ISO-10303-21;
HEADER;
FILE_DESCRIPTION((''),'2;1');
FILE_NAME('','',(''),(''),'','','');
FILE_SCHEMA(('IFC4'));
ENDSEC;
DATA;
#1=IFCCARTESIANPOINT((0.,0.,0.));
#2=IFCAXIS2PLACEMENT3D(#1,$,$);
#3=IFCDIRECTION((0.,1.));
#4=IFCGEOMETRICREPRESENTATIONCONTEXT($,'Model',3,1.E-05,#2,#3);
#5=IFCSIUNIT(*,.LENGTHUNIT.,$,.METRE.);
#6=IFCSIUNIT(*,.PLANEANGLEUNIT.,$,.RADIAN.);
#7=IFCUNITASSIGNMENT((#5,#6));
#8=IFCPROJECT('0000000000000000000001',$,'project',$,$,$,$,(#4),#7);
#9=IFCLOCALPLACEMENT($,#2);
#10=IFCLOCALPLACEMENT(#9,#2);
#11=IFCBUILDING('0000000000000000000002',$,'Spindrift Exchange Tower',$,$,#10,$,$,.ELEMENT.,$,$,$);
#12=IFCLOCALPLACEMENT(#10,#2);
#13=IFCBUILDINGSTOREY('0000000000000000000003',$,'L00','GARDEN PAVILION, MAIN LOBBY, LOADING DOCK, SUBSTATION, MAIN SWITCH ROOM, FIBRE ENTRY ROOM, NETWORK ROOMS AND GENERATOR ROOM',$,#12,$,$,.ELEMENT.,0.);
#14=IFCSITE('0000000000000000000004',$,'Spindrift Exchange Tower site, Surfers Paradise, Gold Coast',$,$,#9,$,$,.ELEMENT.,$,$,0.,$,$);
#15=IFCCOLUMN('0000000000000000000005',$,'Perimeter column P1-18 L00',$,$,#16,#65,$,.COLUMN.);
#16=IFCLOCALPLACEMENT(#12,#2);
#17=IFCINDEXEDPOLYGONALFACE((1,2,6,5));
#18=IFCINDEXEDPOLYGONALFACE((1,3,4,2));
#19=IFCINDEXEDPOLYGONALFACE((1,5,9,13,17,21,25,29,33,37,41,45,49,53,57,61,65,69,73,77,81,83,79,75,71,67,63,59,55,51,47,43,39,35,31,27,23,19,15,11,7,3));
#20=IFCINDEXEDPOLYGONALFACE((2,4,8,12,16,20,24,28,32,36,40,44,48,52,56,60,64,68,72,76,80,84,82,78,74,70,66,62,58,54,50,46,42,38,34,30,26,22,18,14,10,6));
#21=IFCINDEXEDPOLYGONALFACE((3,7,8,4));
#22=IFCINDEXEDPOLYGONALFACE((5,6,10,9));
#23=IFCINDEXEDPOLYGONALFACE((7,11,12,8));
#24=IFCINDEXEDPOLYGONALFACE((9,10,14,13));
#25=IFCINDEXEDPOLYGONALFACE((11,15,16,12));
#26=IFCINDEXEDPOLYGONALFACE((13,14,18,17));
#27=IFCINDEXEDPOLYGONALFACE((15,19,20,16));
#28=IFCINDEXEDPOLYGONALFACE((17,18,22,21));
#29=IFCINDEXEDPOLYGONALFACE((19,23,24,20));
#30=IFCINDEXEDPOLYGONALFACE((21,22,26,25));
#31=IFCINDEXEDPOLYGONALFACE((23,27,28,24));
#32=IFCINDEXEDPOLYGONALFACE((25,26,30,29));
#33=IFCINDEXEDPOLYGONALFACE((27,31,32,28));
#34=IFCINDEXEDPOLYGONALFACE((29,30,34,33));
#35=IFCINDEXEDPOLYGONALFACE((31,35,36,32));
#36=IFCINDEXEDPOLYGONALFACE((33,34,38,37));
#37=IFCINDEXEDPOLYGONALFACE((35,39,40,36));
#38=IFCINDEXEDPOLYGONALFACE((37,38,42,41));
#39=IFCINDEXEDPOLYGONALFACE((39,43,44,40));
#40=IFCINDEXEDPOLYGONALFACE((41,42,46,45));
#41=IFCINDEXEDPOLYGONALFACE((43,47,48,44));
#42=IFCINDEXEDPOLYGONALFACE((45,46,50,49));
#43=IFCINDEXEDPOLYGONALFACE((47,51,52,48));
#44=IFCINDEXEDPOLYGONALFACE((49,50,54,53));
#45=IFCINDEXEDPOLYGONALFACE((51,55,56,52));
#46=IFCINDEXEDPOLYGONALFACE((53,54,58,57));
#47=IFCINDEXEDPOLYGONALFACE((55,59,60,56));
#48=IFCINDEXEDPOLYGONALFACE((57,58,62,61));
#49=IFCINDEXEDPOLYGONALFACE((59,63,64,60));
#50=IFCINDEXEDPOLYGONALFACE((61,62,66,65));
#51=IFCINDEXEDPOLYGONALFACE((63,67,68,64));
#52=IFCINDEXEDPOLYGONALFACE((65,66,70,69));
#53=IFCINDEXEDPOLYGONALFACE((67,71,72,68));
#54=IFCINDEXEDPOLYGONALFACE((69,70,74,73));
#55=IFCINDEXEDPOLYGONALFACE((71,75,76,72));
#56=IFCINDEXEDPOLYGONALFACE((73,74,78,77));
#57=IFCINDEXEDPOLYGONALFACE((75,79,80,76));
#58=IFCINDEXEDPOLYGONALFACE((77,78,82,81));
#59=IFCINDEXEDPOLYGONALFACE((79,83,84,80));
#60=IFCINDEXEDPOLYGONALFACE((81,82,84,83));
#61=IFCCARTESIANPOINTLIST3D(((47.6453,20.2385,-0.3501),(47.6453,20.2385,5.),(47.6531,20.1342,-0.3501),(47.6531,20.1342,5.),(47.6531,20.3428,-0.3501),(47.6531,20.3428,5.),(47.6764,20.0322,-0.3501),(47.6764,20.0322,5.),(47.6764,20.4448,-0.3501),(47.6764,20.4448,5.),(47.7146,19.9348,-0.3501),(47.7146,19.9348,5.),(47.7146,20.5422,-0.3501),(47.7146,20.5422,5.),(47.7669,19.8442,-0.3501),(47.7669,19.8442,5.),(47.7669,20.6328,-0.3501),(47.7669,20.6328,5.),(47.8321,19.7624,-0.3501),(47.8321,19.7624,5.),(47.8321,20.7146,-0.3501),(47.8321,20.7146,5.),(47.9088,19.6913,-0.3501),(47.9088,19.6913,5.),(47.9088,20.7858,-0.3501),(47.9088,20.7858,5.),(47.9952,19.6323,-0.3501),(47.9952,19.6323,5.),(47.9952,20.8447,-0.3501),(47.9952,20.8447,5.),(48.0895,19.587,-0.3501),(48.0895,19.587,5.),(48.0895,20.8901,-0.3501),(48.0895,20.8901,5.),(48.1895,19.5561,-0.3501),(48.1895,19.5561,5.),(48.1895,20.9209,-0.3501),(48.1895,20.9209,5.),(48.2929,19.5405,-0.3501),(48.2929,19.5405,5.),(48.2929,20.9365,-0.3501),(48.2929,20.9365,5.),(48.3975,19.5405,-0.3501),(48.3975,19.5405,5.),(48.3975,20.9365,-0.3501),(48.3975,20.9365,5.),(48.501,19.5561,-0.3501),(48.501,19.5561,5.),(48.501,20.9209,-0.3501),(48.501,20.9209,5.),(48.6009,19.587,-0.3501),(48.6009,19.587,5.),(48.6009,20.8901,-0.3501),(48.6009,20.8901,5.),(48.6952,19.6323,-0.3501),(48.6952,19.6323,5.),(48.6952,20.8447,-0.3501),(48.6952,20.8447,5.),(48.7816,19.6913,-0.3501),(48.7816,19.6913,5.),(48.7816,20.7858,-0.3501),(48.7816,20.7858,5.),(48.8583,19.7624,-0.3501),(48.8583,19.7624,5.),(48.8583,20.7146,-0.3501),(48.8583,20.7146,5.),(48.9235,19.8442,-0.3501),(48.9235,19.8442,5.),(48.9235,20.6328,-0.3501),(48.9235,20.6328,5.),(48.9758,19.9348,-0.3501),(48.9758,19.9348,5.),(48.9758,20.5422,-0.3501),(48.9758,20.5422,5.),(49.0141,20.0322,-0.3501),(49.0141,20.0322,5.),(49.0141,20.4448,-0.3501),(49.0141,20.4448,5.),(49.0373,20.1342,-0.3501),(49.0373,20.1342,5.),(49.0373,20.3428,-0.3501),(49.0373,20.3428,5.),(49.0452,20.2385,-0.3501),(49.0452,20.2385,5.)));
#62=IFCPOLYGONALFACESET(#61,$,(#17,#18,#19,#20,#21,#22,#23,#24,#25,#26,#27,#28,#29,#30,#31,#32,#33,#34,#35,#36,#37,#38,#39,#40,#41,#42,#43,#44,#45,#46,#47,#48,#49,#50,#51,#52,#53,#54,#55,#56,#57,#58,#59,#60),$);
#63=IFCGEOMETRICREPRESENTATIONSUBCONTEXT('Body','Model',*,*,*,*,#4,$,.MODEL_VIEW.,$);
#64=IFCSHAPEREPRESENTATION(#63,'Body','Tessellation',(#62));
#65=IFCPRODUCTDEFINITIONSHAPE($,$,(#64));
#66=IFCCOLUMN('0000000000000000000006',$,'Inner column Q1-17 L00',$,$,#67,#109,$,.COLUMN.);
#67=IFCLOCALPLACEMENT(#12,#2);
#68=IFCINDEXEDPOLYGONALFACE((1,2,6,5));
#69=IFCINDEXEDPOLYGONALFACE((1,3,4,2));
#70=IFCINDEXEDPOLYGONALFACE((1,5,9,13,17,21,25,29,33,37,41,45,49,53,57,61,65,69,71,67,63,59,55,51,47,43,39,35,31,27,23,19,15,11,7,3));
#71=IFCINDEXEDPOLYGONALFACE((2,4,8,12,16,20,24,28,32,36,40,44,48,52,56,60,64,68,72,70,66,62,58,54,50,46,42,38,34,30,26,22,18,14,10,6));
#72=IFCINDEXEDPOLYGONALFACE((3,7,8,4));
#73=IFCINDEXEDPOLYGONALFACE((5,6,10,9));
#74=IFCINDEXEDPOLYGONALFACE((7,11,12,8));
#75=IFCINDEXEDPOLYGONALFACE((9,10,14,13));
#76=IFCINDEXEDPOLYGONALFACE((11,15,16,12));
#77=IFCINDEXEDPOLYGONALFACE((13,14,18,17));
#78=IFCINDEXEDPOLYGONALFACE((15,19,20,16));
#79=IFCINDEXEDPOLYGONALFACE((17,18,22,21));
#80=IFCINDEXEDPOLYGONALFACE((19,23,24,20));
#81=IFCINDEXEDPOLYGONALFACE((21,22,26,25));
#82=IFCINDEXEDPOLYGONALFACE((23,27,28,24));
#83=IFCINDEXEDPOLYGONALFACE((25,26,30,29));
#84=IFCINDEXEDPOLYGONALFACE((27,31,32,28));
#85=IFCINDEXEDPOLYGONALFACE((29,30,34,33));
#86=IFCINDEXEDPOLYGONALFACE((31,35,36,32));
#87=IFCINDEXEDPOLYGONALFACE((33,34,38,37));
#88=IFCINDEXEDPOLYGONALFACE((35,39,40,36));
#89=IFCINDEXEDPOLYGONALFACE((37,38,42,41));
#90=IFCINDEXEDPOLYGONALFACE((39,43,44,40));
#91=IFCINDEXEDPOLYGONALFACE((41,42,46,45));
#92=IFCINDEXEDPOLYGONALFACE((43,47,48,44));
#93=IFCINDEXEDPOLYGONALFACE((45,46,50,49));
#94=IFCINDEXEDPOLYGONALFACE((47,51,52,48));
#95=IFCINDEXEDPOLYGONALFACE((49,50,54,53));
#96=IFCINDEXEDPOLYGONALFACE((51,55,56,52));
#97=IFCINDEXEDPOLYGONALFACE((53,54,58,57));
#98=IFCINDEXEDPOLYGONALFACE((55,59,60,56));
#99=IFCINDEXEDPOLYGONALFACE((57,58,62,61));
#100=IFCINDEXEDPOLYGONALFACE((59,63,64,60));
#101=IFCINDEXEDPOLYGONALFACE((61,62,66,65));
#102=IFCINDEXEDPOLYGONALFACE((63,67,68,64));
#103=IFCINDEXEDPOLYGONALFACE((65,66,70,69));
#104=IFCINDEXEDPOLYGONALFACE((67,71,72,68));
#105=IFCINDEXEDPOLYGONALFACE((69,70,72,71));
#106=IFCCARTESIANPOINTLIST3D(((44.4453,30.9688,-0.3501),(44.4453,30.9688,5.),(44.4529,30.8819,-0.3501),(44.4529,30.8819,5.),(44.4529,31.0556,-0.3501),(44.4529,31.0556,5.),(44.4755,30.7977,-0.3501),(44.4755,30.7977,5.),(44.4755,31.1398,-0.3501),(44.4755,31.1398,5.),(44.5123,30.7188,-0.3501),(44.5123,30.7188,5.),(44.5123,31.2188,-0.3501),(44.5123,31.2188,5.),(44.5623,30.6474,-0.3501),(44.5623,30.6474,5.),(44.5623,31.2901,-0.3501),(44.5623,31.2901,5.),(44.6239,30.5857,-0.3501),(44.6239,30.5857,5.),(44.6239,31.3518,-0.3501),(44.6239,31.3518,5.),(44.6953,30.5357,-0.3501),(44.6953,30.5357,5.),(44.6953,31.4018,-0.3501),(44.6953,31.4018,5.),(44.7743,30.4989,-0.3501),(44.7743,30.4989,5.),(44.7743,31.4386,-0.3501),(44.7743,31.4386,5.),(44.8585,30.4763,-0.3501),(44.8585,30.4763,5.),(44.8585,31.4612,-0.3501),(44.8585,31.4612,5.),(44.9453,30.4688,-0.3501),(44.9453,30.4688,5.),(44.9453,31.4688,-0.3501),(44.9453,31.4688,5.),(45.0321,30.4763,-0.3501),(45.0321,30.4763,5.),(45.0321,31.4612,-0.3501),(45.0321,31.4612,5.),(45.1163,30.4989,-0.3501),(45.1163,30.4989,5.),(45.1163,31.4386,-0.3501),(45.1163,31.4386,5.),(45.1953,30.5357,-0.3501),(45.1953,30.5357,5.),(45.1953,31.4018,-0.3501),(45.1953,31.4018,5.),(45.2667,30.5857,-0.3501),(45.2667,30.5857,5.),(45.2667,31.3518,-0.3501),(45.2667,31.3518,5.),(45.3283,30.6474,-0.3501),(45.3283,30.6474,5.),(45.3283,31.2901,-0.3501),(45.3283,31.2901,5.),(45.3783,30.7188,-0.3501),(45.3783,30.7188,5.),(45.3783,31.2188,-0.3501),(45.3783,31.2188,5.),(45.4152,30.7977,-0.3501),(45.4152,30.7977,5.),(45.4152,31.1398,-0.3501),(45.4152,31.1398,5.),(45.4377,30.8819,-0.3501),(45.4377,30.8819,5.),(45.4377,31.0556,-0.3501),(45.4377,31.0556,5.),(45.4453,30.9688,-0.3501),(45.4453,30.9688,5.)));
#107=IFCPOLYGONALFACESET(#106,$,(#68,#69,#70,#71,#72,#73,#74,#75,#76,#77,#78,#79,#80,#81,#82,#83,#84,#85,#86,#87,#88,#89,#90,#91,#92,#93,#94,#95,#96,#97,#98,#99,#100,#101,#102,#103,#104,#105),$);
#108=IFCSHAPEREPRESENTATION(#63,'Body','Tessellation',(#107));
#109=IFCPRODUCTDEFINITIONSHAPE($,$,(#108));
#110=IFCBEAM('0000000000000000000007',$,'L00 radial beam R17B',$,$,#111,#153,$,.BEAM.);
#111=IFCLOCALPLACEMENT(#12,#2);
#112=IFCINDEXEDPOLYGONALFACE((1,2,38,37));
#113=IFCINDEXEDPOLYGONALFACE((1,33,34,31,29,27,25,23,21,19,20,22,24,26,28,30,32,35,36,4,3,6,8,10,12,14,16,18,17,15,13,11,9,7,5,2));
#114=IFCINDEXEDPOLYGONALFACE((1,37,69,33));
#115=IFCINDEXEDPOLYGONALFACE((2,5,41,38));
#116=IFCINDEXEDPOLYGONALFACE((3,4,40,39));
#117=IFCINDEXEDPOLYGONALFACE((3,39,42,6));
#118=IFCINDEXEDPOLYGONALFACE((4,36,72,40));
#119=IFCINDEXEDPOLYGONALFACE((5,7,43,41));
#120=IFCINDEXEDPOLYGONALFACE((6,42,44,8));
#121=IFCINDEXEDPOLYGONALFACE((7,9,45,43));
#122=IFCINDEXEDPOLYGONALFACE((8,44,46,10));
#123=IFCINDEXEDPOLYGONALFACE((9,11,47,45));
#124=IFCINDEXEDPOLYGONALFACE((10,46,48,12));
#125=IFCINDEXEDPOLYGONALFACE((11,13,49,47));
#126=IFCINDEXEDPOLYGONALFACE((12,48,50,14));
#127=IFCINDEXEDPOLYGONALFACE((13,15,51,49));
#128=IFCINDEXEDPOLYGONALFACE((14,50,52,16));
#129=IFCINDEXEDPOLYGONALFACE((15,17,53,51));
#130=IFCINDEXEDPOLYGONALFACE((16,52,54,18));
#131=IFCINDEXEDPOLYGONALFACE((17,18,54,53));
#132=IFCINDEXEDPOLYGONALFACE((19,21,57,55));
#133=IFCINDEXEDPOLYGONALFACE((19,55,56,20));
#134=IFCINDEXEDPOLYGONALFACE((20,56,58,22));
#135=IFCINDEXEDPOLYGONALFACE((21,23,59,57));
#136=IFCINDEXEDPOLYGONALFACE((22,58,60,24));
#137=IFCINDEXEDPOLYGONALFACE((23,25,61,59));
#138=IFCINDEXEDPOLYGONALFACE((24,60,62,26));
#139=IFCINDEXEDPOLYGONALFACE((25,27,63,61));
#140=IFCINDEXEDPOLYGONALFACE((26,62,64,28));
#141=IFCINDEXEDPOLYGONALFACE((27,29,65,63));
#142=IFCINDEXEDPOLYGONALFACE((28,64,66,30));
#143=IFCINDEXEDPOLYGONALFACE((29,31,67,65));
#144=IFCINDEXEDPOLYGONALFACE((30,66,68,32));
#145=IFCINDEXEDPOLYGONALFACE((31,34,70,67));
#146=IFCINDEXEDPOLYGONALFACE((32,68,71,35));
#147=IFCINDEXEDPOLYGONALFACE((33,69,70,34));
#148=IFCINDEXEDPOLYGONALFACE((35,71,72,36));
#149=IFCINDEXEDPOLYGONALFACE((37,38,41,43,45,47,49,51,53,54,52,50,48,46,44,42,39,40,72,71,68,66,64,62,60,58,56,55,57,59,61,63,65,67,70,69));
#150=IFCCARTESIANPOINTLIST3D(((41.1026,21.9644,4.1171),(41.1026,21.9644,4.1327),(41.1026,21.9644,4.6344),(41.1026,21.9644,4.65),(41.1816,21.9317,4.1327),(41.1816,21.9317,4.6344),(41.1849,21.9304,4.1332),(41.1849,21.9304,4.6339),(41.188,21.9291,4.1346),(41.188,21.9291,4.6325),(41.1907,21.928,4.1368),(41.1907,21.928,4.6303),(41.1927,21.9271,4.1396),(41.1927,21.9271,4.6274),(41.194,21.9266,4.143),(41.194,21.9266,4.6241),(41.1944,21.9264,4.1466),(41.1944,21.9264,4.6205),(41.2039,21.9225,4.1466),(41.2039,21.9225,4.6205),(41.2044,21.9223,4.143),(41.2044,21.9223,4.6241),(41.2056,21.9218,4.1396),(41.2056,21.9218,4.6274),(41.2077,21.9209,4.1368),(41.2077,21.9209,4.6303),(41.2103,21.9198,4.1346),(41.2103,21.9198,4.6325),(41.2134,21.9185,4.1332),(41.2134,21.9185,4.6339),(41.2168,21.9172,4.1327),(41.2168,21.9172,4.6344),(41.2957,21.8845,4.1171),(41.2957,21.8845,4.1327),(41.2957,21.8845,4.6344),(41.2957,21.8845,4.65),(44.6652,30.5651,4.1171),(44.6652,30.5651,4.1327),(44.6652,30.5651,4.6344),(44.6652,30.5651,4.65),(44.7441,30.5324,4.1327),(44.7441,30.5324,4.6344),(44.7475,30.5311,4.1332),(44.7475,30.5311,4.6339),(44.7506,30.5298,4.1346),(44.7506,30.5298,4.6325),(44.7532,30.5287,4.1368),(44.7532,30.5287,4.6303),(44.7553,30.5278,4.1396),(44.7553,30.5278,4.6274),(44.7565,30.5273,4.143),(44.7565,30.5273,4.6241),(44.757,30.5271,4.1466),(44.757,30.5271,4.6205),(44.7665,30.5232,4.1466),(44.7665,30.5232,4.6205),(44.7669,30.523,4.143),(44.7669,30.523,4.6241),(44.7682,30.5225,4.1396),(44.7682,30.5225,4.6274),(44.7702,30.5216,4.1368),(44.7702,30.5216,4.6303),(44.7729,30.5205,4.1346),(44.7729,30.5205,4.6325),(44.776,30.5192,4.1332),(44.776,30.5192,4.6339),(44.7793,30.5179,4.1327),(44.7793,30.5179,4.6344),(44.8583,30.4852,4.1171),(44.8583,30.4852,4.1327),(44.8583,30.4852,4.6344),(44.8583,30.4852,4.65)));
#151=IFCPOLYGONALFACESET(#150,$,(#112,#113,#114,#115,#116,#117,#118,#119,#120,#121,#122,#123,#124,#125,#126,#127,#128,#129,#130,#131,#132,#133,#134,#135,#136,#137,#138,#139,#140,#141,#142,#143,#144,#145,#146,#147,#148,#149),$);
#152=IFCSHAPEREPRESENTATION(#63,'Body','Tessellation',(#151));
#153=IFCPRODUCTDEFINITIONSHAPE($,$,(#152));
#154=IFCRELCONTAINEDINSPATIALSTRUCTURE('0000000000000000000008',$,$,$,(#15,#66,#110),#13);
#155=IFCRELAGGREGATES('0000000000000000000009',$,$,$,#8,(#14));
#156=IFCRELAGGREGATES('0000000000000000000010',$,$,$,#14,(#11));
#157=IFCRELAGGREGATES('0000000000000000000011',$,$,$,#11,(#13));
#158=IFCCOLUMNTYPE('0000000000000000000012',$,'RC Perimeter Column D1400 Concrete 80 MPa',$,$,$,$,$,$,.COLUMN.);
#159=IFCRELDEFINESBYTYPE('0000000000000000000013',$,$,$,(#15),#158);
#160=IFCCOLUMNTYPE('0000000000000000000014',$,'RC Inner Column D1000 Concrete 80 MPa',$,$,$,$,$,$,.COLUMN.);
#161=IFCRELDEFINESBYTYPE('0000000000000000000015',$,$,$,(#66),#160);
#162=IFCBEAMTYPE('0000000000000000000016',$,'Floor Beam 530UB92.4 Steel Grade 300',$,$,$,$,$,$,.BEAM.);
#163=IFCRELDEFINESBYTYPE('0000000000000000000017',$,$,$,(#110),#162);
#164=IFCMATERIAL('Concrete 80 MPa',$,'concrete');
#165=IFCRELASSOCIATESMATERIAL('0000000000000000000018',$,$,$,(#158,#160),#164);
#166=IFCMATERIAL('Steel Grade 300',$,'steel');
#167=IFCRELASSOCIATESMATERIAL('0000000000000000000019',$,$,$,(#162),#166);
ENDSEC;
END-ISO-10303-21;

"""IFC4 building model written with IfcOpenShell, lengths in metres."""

from ifc_helpers import new_model, si_unit, direction, frame, origin, origin_2d, place, context, subcontext, project, spatial, circle, i_section, extrude, source, transform, mapped, material, material_profile, profile_set, type_object, element, save


model = new_model("IFC4")

# Units and contexts
model_context = context("Model", 3, precision=1e-05, world=origin(), true_north=direction((0.0, 1.0)))
body_context = subcontext(model_context, "Body", "Model", "MODEL_VIEW")
ifc_project = project(units=[si_unit("LENGTHUNIT", "METRE"), si_unit("PLANEANGLEUNIT", "RADIAN")], contexts=[model_context])

# Site, building, storey
site_placement = place(None, origin())
site = spatial("IfcSite", under=ifc_project, at=site_placement, Name="Spindrift Exchange Tower site, Surfers Paradise, Gold Coast", CompositionType="ELEMENT", RefElevation=0.0)
building_placement = place(site_placement, origin())
building = spatial("IfcBuilding", under=site, at=building_placement, Name="Spindrift Exchange Tower", CompositionType="ELEMENT")
storey_placement = place(building_placement, origin())
storey = spatial("IfcBuildingStorey", under=building, at=storey_placement, Name="L00", Description="GARDEN PAVILION, MAIN LOBBY, LOADING DOCK, SUBSTATION, MAIN SWITCH ROOM, FIBRE ENTRY ROOM, NETWORK ROOMS AND GENERATOR ROOM", CompositionType="ELEMENT", Elevation=0.0)

# Columns
ifc_material_1 = material(Name="Concrete 80 MPa", Category="concrete")
ifc_material_profile_1 = material_profile(ifc_material_1, circle(Radius=0.7, at=origin_2d()), Name="RC D1400")
ifc_profile_set_1 = profile_set([ifc_material_profile_1], Name="Concrete 80 MPa")
column_type_1 = type_object("IfcColumnType", Name="RC Perimeter Column D1400 Concrete 80 MPa", PredefinedType="COLUMN", material=ifc_profile_set_1)
shared_shape_1 = source(origin(), body_context, "Body", "SweptSolid", [
    extrude(circle(Radius=0.7, at=origin_2d()), origin(), (0.0, 0.0, 1.0), 5.3501),
])
for number, where, z_axis, x_axis, name in (
    (1, (48.3452, 20.2385, -0.3501), (0.0, 0.0, 1.0), (1.0, 0.0, 0.0), "Perimeter column P1-18 L00"),
):
    element("IfcColumn", number, at=place(storey_placement, frame(where, z_axis=z_axis, x_axis=x_axis)), inside=storey, type_object=column_type_1, Name=name, PredefinedType="COLUMN", context=body_context, shape_type="MappedRepresentation", body=[
        mapped(shared_shape_1, transform((0.0, 0.0, 0.0), scale=1.0)),
    ])
ifc_material_profile_2 = material_profile(ifc_material_1, circle(Radius=0.5, at=origin_2d()), Name="RC D1000")
ifc_profile_set_2 = profile_set([ifc_material_profile_2], Name="Concrete 80 MPa")
column_type_2 = type_object("IfcColumnType", Name="RC Inner Column D1000 Concrete 80 MPa", PredefinedType="COLUMN", material=ifc_profile_set_2)
shared_shape_2 = source(origin(), body_context, "Body", "SweptSolid", [
    extrude(circle(Radius=0.5, at=origin_2d()), origin(), (0.0, 0.0, 1.0), 5.3501),
])
column_placement = place(storey_placement, frame((44.9453, 30.9688, -0.3501), z_axis=(0.0, 0.0, 1.0), x_axis=(1.0, 0.0, 0.0)))
element("IfcColumn", 2, at=column_placement, inside=storey, type_object=column_type_2, Name="Inner column Q1-17 L00", PredefinedType="COLUMN", context=body_context, shape_type="MappedRepresentation", body=[
    mapped(shared_shape_2, transform((0.0, 0.0, 0.0), scale=1.0)),
])

# Beam
ifc_material_2 = material(Name="Steel Grade 300", Category="steel")
ifc_material_profile_3 = material_profile(ifc_material_2, i_section(OverallWidth=0.209, OverallDepth=0.533, WebThickness=0.0103, FlangeThickness=0.0156, FilletRadius=0.0139, at=origin_2d()), Name="530UB92.4")
ifc_profile_set_3 = profile_set([ifc_material_profile_3], Name="Steel Grade 300")
beam_type_1 = type_object("IfcBeamType", Name="Floor Beam 530UB92.4 Steel Grade 300", PredefinedType="BEAM", material=ifc_profile_set_3)
shared_shape_3 = source(origin(), body_context, "Body", "SweptSolid", [
    extrude(i_section(OverallWidth=0.209, OverallDepth=0.533, WebThickness=0.0103, FlangeThickness=0.0156, FilletRadius=0.0139, at=origin_2d()), origin(), (0.0, 0.0, 1.0), 9.3093),
])
beam_1_placement = place(storey_placement, frame((44.7617, 30.5251, 4.3835), z_axis=(-0.382685, -0.923879, 0.0), x_axis=(0.923879, -0.382685, 0.0)))
element("IfcBeam", 3, at=beam_1_placement, inside=storey, type_object=beam_type_1, Name="L00 radial beam R17B", PredefinedType="BEAM", context=body_context, shape_type="MappedRepresentation", body=[
    mapped(shared_shape_3, transform((0.0, 0.0, 0.0), scale=1.0)),
])

save(model, "model.ifc")
